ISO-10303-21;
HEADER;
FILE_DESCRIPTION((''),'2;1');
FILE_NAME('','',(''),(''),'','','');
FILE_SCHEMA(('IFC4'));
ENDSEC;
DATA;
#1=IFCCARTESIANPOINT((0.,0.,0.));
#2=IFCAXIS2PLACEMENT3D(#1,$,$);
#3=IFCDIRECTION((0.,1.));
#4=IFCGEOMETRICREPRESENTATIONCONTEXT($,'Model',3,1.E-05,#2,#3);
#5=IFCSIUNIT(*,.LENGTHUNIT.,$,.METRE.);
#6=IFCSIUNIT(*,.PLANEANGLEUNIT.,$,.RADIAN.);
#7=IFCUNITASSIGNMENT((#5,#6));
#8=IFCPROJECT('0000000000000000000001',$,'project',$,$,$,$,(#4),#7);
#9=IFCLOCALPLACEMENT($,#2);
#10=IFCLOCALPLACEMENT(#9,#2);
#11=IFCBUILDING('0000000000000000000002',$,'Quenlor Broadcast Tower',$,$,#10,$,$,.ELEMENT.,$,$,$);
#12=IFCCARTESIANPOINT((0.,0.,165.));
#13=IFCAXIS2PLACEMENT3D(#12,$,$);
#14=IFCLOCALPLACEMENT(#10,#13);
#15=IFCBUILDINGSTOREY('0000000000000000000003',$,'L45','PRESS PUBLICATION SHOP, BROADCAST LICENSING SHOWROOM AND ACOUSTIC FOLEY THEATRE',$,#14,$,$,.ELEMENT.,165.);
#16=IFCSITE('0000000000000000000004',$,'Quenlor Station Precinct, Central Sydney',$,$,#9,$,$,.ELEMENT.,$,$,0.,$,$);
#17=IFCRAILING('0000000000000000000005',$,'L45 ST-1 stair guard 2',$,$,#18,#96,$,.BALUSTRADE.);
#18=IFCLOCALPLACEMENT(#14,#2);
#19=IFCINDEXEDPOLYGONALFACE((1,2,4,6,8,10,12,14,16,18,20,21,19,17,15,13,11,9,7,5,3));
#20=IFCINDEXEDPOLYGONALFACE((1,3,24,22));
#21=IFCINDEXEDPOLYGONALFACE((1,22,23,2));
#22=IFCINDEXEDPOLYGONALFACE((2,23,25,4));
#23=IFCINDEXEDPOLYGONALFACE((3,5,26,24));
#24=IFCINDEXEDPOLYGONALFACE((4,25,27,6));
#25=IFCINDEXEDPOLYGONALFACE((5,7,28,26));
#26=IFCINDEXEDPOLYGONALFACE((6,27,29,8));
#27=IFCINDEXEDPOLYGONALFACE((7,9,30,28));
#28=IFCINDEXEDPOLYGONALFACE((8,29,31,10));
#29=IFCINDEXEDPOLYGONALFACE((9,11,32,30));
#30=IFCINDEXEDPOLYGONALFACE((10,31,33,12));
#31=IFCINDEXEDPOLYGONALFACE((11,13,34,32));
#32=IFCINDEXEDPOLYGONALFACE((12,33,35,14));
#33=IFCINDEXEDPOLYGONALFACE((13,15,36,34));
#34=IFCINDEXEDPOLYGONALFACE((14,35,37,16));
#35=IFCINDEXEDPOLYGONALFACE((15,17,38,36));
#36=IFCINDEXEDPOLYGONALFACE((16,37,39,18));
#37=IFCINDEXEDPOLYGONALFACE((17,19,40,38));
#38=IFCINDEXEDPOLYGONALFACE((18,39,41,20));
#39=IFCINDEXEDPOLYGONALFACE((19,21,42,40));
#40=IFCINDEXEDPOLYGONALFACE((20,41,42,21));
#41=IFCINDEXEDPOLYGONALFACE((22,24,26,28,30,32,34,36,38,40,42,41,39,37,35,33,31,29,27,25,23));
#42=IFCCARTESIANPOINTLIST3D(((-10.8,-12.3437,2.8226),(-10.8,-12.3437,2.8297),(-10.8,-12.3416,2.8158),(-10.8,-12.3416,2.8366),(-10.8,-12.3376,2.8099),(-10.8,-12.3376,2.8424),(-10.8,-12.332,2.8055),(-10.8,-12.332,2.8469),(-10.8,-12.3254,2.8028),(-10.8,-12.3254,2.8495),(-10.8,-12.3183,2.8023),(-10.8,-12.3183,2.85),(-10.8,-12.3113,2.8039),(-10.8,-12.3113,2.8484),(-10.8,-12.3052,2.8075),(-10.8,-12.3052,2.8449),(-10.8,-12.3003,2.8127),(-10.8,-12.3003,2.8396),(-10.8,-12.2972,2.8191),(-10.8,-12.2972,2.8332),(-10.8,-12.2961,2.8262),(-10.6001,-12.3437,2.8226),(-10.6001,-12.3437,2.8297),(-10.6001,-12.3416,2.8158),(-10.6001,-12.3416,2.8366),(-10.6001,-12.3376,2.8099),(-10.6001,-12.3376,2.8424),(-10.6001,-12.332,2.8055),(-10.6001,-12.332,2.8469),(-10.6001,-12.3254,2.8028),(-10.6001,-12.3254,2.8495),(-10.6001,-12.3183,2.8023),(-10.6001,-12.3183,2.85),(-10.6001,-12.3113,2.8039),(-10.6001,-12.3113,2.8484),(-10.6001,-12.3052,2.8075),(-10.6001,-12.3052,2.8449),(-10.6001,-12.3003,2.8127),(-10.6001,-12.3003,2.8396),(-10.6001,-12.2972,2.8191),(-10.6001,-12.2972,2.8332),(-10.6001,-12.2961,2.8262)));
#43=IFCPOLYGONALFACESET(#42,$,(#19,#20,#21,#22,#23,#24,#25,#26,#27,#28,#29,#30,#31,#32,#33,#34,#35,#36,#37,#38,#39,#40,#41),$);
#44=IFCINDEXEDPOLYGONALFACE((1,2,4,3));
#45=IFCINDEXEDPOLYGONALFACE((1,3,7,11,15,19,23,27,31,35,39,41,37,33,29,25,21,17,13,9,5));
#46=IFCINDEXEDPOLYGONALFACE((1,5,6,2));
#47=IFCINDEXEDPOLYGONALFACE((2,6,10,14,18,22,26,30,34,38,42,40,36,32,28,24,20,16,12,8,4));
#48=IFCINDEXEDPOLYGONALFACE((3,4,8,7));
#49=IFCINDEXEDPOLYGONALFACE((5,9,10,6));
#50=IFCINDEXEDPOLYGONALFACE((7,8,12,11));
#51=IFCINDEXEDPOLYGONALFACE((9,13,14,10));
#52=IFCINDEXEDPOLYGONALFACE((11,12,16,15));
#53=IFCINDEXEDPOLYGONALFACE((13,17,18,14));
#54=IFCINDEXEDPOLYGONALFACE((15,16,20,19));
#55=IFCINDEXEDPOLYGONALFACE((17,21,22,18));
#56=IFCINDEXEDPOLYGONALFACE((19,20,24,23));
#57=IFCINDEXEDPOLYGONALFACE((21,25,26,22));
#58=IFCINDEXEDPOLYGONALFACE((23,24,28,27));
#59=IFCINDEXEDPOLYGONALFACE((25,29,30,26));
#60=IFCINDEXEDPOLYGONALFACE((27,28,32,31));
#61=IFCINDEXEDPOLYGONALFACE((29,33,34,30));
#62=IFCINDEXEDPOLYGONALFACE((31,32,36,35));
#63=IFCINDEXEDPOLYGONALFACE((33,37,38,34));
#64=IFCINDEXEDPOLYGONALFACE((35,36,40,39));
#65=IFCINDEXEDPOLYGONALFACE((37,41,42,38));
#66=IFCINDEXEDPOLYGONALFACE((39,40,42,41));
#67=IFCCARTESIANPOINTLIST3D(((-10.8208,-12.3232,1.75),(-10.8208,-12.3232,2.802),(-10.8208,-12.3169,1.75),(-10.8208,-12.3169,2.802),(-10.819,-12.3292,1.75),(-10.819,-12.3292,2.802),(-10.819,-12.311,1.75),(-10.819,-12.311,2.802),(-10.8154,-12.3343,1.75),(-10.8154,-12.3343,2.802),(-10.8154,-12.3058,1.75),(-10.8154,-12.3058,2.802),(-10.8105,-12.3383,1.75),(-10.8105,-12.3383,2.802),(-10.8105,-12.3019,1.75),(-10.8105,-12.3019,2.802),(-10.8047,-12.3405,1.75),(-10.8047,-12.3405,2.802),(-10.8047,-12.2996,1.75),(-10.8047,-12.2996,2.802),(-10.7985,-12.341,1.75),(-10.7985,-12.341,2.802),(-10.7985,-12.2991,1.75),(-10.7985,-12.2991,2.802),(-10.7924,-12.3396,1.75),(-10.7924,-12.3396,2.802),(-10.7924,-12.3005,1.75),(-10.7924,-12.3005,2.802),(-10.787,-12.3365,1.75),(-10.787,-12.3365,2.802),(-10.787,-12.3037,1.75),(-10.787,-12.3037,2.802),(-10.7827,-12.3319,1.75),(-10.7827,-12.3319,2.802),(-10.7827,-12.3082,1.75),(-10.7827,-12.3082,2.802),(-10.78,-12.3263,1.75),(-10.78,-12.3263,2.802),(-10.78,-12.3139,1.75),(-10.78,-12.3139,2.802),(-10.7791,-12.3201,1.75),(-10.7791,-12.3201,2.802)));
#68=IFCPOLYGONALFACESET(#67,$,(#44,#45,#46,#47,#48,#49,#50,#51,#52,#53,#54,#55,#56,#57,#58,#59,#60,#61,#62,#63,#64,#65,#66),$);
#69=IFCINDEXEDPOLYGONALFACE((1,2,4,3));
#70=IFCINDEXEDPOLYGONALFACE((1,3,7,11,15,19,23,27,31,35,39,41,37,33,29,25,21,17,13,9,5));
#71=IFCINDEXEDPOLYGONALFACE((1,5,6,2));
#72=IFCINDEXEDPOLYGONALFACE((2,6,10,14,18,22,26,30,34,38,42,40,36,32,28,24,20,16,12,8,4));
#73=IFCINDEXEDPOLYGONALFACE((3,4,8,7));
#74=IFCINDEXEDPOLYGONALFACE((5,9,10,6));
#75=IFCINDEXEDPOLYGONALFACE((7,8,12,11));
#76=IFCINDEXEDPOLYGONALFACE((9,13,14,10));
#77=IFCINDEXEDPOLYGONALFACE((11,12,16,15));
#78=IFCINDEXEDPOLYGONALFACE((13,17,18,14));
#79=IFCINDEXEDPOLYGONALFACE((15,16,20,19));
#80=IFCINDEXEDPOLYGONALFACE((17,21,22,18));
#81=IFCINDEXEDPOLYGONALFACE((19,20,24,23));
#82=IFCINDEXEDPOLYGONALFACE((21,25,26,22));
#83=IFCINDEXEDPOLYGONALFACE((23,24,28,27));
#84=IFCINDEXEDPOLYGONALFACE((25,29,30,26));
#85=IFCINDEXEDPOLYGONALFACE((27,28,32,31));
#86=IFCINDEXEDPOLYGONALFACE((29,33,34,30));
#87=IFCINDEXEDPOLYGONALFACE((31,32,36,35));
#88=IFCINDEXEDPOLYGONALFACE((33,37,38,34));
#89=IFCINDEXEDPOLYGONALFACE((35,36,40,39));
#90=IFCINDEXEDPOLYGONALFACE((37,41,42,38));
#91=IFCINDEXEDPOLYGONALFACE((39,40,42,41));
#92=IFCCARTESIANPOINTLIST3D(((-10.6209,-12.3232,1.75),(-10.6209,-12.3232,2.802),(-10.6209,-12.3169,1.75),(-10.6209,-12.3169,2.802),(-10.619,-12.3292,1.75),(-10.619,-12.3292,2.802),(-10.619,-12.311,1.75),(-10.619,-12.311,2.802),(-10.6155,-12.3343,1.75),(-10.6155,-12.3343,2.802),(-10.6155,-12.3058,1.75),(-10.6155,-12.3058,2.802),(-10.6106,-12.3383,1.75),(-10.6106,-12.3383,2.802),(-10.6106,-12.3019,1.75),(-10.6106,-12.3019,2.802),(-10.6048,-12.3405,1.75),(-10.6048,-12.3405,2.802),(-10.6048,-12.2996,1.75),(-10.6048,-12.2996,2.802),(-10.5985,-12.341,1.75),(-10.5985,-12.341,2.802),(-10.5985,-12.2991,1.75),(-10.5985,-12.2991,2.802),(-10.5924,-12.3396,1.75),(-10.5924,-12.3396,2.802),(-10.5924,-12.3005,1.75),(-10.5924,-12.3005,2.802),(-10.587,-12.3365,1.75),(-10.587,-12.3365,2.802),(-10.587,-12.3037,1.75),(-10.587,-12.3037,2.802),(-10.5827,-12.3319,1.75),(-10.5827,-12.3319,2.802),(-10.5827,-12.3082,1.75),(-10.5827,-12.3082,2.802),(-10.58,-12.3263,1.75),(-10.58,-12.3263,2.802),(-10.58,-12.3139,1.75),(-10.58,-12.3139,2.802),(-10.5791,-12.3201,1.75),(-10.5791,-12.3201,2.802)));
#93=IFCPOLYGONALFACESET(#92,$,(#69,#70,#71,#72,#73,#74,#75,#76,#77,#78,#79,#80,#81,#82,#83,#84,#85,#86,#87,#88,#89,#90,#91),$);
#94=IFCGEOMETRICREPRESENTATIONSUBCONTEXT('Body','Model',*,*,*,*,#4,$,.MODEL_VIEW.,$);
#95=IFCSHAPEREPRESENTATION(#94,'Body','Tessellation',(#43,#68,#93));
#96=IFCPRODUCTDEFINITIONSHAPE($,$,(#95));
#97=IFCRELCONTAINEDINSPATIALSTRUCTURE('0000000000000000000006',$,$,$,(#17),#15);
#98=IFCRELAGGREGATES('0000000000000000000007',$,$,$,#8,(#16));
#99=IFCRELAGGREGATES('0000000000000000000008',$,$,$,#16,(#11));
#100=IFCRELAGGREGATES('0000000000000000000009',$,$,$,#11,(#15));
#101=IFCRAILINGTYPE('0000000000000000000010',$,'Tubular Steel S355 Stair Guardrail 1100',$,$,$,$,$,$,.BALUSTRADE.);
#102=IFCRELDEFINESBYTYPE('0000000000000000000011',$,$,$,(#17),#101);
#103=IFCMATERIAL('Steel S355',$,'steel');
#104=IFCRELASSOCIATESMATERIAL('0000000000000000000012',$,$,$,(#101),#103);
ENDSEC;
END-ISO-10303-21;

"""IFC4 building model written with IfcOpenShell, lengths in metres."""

from ifc_helpers import new_model, si_unit, direction, frame, origin, origin_2d, place, context, subcontext, project, spatial, circle, extrude, material, type_object, element, save


model = new_model("IFC4")

# Units and contexts
model_context = context("Model", 3, precision=1e-05, world=origin(), true_north=direction((0.0, 1.0)))
body_context = subcontext(model_context, "Body", "Model", "MODEL_VIEW")
ifc_project = project(units=[si_unit("LENGTHUNIT", "METRE"), si_unit("PLANEANGLEUNIT", "RADIAN")], contexts=[model_context])

# Site, building, storey
site_placement = place(None, origin())
site = spatial("IfcSite", under=ifc_project, at=site_placement, Name="Quenlor Station Precinct, Central Sydney", CompositionType="ELEMENT", RefElevation=0.0)
building_placement = place(site_placement, origin())
building = spatial("IfcBuilding", under=site, at=building_placement, Name="Quenlor Broadcast Tower", CompositionType="ELEMENT")
storey_placement = place(building_placement, frame((0.0, 0.0, 165.0)))
storey = spatial("IfcBuildingStorey", under=building, at=storey_placement, Name="L45", Description="PRESS PUBLICATION SHOP, BROADCAST LICENSING SHOWROOM AND ACOUSTIC FOLEY THEATRE", CompositionType="ELEMENT", Elevation=165.0)

# Railing
ifc_material_1 = material(Name="Steel S355", Category="steel")
railing_type_1 = type_object("IfcRailingType", Name="Tubular Steel S355 Stair Guardrail 1100", PredefinedType="BALUSTRADE", material=ifc_material_1)
railing_1_placement = place(storey_placement, frame((-10.8, -12.3201, 1.75)))
element("IfcRailing", 1, at=railing_1_placement, inside=storey, type_object=railing_type_1, Name="L45 ST-1 stair guard 2", PredefinedType="BALUSTRADE", context=body_context, shape_type="SweptSolid", body=[
    extrude(circle(Radius=0.0239, at=origin_2d()), frame((0.0, 0.0, 1.0762), z_axis=(1.0, 0.0, 0.0), x_axis=(0.0, 1.0, 0.0)), (0.0, 0.0, 1.0), 0.2),
    extrude(circle(Radius=0.021, at=origin_2d()), origin(), (0.0, 0.0, 1.0), 1.052),
    extrude(circle(Radius=0.021, at=origin_2d()), frame((0.2, 0.0, 0.0)), (0.0, 0.0, 1.0), 1.052),
])

save(model, "model.ifc")
